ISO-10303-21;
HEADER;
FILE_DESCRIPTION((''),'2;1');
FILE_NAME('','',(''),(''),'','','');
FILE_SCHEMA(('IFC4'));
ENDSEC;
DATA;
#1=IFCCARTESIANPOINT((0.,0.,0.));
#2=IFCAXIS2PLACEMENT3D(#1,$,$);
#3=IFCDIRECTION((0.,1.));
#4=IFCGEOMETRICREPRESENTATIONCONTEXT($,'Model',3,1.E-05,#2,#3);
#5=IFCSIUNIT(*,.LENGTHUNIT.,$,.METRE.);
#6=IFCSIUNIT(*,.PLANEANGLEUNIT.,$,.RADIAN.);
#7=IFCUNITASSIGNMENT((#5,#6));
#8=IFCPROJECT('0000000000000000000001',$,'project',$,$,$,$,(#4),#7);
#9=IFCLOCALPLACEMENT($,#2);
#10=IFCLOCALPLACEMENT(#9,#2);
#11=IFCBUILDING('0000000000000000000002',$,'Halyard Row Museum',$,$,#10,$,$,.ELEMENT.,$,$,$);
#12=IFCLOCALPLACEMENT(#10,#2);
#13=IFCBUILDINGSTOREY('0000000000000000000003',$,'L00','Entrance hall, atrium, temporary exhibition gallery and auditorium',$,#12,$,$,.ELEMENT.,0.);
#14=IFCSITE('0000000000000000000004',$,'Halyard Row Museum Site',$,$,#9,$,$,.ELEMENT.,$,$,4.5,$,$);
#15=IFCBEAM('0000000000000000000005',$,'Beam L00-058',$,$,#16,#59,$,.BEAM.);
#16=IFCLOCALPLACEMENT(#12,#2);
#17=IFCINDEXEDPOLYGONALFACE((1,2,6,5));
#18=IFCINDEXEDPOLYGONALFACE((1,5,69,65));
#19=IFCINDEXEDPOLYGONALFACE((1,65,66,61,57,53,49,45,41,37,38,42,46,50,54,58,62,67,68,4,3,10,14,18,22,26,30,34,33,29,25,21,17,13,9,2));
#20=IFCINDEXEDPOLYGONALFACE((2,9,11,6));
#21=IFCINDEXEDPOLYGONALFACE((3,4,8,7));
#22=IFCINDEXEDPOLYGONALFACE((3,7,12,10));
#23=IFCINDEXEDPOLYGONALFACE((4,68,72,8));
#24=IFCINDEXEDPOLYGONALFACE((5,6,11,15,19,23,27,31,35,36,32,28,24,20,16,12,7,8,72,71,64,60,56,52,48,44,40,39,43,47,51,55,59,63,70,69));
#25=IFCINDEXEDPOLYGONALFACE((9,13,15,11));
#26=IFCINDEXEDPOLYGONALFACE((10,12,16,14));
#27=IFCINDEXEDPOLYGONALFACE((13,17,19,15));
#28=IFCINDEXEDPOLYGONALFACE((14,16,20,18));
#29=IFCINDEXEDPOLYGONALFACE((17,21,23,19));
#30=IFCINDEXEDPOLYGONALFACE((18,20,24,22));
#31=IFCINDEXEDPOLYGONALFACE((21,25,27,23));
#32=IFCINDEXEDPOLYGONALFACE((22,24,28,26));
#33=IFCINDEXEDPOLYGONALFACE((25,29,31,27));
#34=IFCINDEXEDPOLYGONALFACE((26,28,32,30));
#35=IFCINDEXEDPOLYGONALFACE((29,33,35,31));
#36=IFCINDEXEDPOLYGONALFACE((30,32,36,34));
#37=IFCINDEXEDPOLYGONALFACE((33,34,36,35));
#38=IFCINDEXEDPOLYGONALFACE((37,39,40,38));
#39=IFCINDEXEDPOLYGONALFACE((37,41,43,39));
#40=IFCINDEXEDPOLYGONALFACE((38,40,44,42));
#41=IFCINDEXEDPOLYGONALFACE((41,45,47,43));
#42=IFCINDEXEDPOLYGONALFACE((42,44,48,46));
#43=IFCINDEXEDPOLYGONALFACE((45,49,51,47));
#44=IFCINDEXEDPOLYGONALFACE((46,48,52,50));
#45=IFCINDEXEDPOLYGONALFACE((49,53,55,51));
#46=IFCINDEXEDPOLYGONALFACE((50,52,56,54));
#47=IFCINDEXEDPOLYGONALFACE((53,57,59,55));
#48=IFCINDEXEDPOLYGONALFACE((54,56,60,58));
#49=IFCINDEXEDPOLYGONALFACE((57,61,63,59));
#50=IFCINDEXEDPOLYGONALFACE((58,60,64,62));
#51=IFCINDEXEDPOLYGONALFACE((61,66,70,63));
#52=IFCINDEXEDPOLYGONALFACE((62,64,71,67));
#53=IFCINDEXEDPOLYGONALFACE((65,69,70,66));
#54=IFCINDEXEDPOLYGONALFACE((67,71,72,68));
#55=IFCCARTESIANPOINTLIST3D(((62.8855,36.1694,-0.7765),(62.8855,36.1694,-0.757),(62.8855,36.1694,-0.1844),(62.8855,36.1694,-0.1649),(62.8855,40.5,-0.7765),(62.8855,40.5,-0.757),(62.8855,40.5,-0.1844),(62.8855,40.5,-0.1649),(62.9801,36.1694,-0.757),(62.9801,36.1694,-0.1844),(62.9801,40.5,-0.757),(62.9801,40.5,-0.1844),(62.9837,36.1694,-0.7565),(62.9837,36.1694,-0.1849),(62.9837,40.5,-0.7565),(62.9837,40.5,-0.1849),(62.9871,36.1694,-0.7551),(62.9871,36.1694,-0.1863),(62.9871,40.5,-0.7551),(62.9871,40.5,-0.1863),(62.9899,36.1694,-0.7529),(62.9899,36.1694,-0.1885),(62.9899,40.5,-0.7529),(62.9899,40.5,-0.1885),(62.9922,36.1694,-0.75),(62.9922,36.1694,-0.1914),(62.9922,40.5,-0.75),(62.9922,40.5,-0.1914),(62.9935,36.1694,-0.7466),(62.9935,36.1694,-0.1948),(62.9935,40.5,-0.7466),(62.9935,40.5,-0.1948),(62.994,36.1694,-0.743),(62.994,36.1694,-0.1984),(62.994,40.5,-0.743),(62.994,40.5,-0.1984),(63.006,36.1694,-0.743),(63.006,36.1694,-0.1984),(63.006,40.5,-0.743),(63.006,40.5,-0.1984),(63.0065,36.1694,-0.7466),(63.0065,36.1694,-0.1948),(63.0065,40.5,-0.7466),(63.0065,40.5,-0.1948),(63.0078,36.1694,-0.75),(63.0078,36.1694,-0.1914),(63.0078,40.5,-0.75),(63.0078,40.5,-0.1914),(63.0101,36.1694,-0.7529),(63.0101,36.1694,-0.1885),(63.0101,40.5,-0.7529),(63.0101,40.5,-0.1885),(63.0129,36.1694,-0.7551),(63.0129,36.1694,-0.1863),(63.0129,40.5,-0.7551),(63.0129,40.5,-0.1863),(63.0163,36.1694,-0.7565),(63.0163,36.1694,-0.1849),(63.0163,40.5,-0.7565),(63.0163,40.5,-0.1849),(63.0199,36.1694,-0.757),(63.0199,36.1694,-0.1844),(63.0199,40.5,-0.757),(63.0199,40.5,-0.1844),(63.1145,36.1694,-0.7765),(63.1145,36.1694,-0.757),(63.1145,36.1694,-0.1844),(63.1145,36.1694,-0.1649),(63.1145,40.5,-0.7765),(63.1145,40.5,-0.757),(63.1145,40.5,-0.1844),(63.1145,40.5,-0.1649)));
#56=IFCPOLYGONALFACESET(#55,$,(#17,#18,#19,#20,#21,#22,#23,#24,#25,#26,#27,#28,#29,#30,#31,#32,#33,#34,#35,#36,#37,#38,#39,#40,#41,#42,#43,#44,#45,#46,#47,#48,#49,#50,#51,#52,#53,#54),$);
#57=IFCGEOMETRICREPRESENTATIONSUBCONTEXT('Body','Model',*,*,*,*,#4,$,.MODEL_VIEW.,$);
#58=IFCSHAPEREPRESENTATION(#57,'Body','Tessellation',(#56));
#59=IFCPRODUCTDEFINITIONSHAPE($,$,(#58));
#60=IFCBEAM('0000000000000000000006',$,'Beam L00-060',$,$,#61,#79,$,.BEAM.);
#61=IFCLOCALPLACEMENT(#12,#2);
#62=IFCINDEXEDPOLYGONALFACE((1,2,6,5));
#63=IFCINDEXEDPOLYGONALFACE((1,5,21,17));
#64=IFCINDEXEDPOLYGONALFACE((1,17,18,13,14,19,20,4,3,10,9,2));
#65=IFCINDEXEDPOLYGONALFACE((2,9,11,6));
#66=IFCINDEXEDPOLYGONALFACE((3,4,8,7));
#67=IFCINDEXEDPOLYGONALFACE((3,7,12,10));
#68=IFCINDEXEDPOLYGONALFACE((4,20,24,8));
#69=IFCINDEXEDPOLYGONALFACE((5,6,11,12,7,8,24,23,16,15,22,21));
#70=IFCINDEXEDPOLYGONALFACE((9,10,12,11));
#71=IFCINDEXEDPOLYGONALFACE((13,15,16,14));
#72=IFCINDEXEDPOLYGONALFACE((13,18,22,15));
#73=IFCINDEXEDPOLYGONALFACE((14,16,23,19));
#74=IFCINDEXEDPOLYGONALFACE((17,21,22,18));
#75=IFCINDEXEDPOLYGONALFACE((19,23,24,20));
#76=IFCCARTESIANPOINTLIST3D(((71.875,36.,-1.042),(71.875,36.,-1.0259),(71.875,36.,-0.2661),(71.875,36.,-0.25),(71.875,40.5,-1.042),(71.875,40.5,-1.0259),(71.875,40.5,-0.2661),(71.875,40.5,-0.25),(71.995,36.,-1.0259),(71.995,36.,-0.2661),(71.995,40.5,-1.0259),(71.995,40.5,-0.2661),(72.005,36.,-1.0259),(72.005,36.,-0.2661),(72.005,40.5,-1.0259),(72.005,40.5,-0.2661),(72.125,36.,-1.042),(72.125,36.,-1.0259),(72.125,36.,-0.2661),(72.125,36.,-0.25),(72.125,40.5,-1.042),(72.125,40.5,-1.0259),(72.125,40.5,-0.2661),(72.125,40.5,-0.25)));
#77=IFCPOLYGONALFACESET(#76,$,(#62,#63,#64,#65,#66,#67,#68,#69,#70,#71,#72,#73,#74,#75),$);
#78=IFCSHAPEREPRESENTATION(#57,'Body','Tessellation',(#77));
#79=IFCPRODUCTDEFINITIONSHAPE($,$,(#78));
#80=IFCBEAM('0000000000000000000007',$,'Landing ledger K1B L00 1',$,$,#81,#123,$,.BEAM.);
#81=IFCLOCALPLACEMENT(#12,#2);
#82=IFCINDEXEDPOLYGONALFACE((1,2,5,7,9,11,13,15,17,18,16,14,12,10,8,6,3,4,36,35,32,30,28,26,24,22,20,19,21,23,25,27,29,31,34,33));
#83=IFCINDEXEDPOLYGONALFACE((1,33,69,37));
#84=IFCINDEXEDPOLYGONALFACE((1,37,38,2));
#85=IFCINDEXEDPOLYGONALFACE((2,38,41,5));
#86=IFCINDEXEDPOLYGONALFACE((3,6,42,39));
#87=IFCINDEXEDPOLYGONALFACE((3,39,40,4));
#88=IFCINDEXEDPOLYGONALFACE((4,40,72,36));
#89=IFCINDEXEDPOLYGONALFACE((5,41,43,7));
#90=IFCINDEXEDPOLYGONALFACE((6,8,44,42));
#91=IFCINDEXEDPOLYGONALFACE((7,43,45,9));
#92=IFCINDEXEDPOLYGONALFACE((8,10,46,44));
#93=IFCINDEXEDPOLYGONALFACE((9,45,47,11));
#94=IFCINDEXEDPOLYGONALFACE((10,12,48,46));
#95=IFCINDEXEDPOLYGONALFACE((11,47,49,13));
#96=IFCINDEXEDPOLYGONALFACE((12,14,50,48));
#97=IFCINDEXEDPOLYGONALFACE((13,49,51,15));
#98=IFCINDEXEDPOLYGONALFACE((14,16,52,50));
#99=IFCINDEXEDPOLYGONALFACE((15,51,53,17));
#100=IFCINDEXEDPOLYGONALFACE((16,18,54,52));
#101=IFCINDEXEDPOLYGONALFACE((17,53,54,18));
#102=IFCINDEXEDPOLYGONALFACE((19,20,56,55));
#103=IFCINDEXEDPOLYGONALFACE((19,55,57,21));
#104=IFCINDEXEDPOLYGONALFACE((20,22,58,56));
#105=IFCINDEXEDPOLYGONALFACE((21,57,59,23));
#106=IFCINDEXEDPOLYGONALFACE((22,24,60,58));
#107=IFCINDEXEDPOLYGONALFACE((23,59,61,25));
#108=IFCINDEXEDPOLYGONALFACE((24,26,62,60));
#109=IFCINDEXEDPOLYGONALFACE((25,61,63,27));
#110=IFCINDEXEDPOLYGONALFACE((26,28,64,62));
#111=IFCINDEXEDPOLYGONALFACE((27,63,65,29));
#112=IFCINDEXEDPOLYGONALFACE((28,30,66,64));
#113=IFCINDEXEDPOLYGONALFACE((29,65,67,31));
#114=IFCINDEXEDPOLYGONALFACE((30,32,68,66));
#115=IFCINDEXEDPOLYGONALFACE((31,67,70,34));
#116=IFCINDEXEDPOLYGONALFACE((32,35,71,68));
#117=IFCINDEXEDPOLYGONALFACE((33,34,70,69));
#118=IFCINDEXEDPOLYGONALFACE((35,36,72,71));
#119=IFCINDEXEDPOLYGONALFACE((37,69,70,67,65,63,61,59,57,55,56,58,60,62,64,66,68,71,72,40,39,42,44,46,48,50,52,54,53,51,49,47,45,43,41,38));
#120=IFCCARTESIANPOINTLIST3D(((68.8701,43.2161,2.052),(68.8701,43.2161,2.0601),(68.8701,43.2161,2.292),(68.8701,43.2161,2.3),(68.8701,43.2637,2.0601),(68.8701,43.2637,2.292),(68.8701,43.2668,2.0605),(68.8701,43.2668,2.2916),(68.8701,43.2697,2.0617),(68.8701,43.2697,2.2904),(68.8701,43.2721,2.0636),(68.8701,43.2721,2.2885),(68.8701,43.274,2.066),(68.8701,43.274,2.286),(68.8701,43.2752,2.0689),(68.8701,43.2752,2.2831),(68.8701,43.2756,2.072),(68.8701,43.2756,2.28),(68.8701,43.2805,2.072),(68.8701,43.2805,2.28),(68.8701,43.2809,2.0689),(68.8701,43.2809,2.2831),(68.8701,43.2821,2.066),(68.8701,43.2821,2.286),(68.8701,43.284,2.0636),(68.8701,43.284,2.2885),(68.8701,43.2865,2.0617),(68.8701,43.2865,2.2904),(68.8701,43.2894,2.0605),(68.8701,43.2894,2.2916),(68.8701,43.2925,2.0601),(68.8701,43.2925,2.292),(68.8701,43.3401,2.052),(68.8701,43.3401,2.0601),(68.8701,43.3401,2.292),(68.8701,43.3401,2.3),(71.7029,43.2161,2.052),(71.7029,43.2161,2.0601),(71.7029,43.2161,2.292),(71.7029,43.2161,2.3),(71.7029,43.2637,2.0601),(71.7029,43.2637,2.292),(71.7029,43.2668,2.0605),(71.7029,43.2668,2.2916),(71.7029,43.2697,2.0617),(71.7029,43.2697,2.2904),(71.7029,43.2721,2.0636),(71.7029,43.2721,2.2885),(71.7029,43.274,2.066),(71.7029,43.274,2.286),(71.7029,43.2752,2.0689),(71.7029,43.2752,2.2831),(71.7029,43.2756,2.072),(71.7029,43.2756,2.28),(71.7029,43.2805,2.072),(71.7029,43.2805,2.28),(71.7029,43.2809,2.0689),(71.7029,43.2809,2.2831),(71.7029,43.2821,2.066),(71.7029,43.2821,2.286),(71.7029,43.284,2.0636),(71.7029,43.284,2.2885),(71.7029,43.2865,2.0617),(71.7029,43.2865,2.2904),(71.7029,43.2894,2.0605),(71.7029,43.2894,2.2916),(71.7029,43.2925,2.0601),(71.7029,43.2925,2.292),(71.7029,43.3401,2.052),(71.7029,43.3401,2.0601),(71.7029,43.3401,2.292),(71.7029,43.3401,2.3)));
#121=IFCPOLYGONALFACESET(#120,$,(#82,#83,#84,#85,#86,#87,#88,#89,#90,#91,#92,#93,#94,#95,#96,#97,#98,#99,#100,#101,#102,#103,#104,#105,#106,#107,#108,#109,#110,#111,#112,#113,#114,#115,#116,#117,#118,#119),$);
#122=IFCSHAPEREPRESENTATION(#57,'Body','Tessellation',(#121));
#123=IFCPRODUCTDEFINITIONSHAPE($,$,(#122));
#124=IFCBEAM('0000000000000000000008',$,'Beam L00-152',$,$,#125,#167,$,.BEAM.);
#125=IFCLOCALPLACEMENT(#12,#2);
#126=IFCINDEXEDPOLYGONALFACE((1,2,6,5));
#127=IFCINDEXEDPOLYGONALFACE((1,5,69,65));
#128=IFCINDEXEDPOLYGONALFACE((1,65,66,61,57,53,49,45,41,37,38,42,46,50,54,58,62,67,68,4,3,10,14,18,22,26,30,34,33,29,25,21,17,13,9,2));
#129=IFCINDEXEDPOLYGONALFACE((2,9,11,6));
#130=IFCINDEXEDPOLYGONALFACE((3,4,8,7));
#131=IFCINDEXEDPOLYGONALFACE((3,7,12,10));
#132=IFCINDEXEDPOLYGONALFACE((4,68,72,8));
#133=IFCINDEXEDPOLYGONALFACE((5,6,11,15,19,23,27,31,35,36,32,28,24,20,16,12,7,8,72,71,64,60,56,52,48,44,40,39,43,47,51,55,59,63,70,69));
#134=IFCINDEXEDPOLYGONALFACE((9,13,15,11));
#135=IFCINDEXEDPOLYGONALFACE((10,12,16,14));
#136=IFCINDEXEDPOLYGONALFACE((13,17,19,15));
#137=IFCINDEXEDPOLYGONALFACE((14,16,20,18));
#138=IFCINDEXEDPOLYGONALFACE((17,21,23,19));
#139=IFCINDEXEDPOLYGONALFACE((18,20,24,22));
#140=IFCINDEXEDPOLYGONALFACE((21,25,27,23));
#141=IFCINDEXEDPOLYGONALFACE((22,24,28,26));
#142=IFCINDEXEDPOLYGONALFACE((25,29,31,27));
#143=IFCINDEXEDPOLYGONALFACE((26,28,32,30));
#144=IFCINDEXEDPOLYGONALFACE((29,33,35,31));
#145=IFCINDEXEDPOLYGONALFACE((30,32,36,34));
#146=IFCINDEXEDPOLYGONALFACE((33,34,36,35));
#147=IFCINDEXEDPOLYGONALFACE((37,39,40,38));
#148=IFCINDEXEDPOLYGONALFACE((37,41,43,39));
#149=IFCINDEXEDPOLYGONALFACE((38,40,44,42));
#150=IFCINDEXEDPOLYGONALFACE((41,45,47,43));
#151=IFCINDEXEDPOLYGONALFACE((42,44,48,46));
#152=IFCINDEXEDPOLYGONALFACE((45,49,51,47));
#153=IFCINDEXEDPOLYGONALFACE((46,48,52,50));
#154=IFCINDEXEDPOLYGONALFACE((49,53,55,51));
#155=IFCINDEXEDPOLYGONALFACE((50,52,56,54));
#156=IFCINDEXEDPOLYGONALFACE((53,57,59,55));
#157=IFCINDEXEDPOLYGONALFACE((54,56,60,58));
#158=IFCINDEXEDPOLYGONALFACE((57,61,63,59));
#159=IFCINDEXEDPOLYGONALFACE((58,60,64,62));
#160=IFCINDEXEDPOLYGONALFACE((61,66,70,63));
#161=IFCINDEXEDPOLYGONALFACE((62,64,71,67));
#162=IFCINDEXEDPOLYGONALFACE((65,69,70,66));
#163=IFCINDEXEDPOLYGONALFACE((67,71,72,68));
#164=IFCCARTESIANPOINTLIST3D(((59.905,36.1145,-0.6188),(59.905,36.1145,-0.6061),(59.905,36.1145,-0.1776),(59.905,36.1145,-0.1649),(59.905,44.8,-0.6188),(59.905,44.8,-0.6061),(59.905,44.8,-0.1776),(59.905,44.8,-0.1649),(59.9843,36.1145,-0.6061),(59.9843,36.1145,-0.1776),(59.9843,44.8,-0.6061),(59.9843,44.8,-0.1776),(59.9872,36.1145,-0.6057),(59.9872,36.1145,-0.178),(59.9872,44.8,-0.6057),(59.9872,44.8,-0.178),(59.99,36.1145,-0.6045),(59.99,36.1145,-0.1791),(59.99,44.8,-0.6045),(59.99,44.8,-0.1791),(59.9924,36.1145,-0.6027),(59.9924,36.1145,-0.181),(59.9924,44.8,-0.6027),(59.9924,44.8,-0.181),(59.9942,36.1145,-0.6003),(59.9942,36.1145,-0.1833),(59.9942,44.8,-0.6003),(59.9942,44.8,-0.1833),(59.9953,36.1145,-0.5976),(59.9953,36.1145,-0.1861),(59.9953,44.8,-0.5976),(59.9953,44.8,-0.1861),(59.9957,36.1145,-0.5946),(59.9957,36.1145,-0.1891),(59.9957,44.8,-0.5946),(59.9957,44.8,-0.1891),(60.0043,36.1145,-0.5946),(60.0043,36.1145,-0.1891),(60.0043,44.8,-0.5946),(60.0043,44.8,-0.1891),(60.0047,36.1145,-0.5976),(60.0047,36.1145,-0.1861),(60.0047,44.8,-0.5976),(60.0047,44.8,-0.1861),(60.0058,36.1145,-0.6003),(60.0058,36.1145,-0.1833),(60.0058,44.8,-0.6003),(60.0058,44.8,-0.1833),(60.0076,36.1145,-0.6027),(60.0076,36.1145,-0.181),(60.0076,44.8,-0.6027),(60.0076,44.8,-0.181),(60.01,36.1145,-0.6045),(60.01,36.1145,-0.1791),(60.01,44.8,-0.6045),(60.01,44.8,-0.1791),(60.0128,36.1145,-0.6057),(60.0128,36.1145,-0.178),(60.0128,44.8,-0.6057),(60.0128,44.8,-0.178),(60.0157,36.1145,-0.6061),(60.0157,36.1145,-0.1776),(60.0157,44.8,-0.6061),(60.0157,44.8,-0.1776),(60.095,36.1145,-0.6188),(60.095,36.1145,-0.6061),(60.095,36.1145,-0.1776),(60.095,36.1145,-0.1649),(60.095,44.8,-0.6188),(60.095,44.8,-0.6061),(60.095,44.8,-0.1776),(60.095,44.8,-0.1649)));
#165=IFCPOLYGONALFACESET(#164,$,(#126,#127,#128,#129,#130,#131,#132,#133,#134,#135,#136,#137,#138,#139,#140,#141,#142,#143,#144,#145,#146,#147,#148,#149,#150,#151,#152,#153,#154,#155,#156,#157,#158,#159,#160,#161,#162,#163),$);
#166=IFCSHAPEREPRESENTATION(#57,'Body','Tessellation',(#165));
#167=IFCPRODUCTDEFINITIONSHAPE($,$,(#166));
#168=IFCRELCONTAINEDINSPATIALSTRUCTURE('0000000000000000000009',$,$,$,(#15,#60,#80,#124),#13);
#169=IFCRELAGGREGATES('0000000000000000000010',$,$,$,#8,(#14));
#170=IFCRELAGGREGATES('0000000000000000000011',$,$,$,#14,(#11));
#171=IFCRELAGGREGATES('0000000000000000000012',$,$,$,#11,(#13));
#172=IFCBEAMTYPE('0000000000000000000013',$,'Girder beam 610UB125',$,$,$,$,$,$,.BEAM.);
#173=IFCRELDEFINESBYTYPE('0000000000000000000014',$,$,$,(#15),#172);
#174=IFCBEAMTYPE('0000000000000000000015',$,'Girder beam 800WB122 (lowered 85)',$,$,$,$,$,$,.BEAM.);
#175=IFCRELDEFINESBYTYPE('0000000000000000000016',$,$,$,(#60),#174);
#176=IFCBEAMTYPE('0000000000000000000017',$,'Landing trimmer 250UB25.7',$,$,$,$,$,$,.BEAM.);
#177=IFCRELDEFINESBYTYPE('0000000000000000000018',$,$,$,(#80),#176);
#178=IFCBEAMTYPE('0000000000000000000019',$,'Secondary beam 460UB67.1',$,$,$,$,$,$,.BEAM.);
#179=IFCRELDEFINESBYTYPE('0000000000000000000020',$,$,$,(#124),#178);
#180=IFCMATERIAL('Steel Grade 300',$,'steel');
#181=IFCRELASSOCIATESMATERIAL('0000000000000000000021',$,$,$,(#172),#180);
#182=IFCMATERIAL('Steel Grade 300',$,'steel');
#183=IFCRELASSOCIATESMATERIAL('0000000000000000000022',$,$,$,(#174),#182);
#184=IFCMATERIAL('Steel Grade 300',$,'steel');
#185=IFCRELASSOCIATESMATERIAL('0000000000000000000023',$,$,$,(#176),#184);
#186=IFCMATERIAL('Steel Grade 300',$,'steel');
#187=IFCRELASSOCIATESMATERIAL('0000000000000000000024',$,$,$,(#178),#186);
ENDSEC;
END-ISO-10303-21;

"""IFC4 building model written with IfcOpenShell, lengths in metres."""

from ifc_helpers import new_model, si_unit, direction, frame, origin, origin_2d, place, context, subcontext, project, spatial, i_section, extrude, material, material_profile, profile_set, type_object, element, save


model = new_model("IFC4")

# Units and contexts
model_context = context("Model", 3, precision=1e-05, world=origin(), true_north=direction((0.0, 1.0)))
body_context = subcontext(model_context, "Body", "Model", "MODEL_VIEW")
ifc_project = project(units=[si_unit("LENGTHUNIT", "METRE"), si_unit("PLANEANGLEUNIT", "RADIAN")], contexts=[model_context])

# Site, building, storey
site_placement = place(None, origin())
site = spatial("IfcSite", under=ifc_project, at=site_placement, Name="Halyard Row Museum Site", CompositionType="ELEMENT", RefElevation=4.5)
building_placement = place(site_placement, origin())
building = spatial("IfcBuilding", under=site, at=building_placement, Name="Halyard Row Museum", CompositionType="ELEMENT")
storey_placement = place(building_placement, origin())
storey = spatial("IfcBuildingStorey", under=building, at=storey_placement, Name="L00", Description="Entrance hall, atrium, temporary exhibition gallery and auditorium", CompositionType="ELEMENT", Elevation=0.0)

# Beams
ifc_material_1 = material(Name="Steel Grade 300", Category="steel")
ifc_material_profile_1 = material_profile(ifc_material_1, i_section(OverallWidth=0.229, OverallDepth=0.6116, WebThickness=0.012, FlangeThickness=0.0195, FilletRadius=0.0139, at=origin_2d()), Name="610UB125")
ifc_profile_set_1 = profile_set([ifc_material_profile_1], Name="Steel Grade 300")
beam_type_1 = type_object("IfcBeamType", Name="Girder beam 610UB125", PredefinedType="BEAM", material=ifc_profile_set_1)
beam_1_placement = place(storey_placement, frame((63.0, 36.1694, -0.4707), z_axis=(0.0, 1.0, 0.0), x_axis=(-1.0, 0.0, 0.0)))
element("IfcBeam", 1, at=beam_1_placement, inside=storey, type_object=beam_type_1, Name="Beam L00-058", PredefinedType="BEAM", context=body_context, shape_type="SweptSolid", body=[
    extrude(i_section(OverallWidth=0.229, OverallDepth=0.6116, WebThickness=0.012, FlangeThickness=0.0195, FilletRadius=0.0139, at=origin_2d()), origin(), (0.0, 0.0, 1.0), 4.3306),
])
ifc_material_2 = material(Name="Steel Grade 300", Category="steel")
ifc_material_profile_2 = material_profile(ifc_material_2, i_section(OverallWidth=0.25, OverallDepth=0.792, WebThickness=0.01, FlangeThickness=0.0161, at=origin_2d()), Name="800WB122")
ifc_profile_set_2 = profile_set([ifc_material_profile_2], Name="Steel Grade 300")
beam_type_2 = type_object("IfcBeamType", Name="Girder beam 800WB122 (lowered 85)", PredefinedType="BEAM", material=ifc_profile_set_2)
beam_2_placement = place(storey_placement, frame((72.0, 36.0, -0.646), z_axis=(0.0, 1.0, 0.0), x_axis=(-1.0, 0.0, 0.0)))
element("IfcBeam", 2, at=beam_2_placement, inside=storey, type_object=beam_type_2, Name="Beam L00-060", PredefinedType="BEAM", context=body_context, shape_type="SweptSolid", body=[
    extrude(i_section(OverallWidth=0.25, OverallDepth=0.792, WebThickness=0.01, FlangeThickness=0.0161, at=origin_2d()), origin(), (0.0, 0.0, 1.0), 4.5),
])
ifc_material_3 = material(Name="Steel Grade 300", Category="steel")
ifc_material_profile_3 = material_profile(ifc_material_3, i_section(OverallWidth=0.124, OverallDepth=0.248, WebThickness=0.0049, FlangeThickness=0.0081, FilletRadius=0.012, at=origin_2d()), Name="250UB25.7")
ifc_profile_set_3 = profile_set([ifc_material_profile_3], Name="Steel Grade 300")
beam_type_3 = type_object("IfcBeamType", Name="Landing trimmer 250UB25.7", PredefinedType="BEAM", material=ifc_profile_set_3)
beam_3_placement = place(storey_placement, frame((71.7029, 43.2781, 2.176), z_axis=(-1.0, 0.0, 0.0), x_axis=(0.0, -1.0, 0.0)))
element("IfcBeam", 3, at=beam_3_placement, inside=storey, type_object=beam_type_3, Name="Landing ledger K1B L00 1", PredefinedType="BEAM", context=body_context, shape_type="SweptSolid", body=[
    extrude(i_section(OverallWidth=0.124, OverallDepth=0.248, WebThickness=0.0049, FlangeThickness=0.0081, FilletRadius=0.012, at=origin_2d()), origin(), (0.0, 0.0, 1.0), 2.8328),
])
ifc_material_4 = material(Name="Steel Grade 300", Category="steel")
ifc_material_profile_4 = material_profile(ifc_material_4, i_section(OverallWidth=0.1899, OverallDepth=0.4539, WebThickness=0.0085, FlangeThickness=0.0127, FilletRadius=0.0115, at=origin_2d()), Name="460UB67.1")
ifc_profile_set_4 = profile_set([ifc_material_profile_4], Name="Steel Grade 300")
beam_type_4 = type_object("IfcBeamType", Name="Secondary beam 460UB67.1", PredefinedType="BEAM", material=ifc_profile_set_4)
beam_4_placement = place(storey_placement, frame((60.0, 36.1145, -0.3918), z_axis=(0.0, 1.0, 0.0), x_axis=(-1.0, 0.0, 0.0)))
element("IfcBeam", 4, at=beam_4_placement, inside=storey, type_object=beam_type_4, Name="Beam L00-152", PredefinedType="BEAM", context=body_context, shape_type="SweptSolid", body=[
    extrude(i_section(OverallWidth=0.1899, OverallDepth=0.4539, WebThickness=0.0085, FlangeThickness=0.0127, FilletRadius=0.0115, at=origin_2d()), origin(), (0.0, 0.0, 1.0), 8.6855),
])

save(model, "model.ifc")
